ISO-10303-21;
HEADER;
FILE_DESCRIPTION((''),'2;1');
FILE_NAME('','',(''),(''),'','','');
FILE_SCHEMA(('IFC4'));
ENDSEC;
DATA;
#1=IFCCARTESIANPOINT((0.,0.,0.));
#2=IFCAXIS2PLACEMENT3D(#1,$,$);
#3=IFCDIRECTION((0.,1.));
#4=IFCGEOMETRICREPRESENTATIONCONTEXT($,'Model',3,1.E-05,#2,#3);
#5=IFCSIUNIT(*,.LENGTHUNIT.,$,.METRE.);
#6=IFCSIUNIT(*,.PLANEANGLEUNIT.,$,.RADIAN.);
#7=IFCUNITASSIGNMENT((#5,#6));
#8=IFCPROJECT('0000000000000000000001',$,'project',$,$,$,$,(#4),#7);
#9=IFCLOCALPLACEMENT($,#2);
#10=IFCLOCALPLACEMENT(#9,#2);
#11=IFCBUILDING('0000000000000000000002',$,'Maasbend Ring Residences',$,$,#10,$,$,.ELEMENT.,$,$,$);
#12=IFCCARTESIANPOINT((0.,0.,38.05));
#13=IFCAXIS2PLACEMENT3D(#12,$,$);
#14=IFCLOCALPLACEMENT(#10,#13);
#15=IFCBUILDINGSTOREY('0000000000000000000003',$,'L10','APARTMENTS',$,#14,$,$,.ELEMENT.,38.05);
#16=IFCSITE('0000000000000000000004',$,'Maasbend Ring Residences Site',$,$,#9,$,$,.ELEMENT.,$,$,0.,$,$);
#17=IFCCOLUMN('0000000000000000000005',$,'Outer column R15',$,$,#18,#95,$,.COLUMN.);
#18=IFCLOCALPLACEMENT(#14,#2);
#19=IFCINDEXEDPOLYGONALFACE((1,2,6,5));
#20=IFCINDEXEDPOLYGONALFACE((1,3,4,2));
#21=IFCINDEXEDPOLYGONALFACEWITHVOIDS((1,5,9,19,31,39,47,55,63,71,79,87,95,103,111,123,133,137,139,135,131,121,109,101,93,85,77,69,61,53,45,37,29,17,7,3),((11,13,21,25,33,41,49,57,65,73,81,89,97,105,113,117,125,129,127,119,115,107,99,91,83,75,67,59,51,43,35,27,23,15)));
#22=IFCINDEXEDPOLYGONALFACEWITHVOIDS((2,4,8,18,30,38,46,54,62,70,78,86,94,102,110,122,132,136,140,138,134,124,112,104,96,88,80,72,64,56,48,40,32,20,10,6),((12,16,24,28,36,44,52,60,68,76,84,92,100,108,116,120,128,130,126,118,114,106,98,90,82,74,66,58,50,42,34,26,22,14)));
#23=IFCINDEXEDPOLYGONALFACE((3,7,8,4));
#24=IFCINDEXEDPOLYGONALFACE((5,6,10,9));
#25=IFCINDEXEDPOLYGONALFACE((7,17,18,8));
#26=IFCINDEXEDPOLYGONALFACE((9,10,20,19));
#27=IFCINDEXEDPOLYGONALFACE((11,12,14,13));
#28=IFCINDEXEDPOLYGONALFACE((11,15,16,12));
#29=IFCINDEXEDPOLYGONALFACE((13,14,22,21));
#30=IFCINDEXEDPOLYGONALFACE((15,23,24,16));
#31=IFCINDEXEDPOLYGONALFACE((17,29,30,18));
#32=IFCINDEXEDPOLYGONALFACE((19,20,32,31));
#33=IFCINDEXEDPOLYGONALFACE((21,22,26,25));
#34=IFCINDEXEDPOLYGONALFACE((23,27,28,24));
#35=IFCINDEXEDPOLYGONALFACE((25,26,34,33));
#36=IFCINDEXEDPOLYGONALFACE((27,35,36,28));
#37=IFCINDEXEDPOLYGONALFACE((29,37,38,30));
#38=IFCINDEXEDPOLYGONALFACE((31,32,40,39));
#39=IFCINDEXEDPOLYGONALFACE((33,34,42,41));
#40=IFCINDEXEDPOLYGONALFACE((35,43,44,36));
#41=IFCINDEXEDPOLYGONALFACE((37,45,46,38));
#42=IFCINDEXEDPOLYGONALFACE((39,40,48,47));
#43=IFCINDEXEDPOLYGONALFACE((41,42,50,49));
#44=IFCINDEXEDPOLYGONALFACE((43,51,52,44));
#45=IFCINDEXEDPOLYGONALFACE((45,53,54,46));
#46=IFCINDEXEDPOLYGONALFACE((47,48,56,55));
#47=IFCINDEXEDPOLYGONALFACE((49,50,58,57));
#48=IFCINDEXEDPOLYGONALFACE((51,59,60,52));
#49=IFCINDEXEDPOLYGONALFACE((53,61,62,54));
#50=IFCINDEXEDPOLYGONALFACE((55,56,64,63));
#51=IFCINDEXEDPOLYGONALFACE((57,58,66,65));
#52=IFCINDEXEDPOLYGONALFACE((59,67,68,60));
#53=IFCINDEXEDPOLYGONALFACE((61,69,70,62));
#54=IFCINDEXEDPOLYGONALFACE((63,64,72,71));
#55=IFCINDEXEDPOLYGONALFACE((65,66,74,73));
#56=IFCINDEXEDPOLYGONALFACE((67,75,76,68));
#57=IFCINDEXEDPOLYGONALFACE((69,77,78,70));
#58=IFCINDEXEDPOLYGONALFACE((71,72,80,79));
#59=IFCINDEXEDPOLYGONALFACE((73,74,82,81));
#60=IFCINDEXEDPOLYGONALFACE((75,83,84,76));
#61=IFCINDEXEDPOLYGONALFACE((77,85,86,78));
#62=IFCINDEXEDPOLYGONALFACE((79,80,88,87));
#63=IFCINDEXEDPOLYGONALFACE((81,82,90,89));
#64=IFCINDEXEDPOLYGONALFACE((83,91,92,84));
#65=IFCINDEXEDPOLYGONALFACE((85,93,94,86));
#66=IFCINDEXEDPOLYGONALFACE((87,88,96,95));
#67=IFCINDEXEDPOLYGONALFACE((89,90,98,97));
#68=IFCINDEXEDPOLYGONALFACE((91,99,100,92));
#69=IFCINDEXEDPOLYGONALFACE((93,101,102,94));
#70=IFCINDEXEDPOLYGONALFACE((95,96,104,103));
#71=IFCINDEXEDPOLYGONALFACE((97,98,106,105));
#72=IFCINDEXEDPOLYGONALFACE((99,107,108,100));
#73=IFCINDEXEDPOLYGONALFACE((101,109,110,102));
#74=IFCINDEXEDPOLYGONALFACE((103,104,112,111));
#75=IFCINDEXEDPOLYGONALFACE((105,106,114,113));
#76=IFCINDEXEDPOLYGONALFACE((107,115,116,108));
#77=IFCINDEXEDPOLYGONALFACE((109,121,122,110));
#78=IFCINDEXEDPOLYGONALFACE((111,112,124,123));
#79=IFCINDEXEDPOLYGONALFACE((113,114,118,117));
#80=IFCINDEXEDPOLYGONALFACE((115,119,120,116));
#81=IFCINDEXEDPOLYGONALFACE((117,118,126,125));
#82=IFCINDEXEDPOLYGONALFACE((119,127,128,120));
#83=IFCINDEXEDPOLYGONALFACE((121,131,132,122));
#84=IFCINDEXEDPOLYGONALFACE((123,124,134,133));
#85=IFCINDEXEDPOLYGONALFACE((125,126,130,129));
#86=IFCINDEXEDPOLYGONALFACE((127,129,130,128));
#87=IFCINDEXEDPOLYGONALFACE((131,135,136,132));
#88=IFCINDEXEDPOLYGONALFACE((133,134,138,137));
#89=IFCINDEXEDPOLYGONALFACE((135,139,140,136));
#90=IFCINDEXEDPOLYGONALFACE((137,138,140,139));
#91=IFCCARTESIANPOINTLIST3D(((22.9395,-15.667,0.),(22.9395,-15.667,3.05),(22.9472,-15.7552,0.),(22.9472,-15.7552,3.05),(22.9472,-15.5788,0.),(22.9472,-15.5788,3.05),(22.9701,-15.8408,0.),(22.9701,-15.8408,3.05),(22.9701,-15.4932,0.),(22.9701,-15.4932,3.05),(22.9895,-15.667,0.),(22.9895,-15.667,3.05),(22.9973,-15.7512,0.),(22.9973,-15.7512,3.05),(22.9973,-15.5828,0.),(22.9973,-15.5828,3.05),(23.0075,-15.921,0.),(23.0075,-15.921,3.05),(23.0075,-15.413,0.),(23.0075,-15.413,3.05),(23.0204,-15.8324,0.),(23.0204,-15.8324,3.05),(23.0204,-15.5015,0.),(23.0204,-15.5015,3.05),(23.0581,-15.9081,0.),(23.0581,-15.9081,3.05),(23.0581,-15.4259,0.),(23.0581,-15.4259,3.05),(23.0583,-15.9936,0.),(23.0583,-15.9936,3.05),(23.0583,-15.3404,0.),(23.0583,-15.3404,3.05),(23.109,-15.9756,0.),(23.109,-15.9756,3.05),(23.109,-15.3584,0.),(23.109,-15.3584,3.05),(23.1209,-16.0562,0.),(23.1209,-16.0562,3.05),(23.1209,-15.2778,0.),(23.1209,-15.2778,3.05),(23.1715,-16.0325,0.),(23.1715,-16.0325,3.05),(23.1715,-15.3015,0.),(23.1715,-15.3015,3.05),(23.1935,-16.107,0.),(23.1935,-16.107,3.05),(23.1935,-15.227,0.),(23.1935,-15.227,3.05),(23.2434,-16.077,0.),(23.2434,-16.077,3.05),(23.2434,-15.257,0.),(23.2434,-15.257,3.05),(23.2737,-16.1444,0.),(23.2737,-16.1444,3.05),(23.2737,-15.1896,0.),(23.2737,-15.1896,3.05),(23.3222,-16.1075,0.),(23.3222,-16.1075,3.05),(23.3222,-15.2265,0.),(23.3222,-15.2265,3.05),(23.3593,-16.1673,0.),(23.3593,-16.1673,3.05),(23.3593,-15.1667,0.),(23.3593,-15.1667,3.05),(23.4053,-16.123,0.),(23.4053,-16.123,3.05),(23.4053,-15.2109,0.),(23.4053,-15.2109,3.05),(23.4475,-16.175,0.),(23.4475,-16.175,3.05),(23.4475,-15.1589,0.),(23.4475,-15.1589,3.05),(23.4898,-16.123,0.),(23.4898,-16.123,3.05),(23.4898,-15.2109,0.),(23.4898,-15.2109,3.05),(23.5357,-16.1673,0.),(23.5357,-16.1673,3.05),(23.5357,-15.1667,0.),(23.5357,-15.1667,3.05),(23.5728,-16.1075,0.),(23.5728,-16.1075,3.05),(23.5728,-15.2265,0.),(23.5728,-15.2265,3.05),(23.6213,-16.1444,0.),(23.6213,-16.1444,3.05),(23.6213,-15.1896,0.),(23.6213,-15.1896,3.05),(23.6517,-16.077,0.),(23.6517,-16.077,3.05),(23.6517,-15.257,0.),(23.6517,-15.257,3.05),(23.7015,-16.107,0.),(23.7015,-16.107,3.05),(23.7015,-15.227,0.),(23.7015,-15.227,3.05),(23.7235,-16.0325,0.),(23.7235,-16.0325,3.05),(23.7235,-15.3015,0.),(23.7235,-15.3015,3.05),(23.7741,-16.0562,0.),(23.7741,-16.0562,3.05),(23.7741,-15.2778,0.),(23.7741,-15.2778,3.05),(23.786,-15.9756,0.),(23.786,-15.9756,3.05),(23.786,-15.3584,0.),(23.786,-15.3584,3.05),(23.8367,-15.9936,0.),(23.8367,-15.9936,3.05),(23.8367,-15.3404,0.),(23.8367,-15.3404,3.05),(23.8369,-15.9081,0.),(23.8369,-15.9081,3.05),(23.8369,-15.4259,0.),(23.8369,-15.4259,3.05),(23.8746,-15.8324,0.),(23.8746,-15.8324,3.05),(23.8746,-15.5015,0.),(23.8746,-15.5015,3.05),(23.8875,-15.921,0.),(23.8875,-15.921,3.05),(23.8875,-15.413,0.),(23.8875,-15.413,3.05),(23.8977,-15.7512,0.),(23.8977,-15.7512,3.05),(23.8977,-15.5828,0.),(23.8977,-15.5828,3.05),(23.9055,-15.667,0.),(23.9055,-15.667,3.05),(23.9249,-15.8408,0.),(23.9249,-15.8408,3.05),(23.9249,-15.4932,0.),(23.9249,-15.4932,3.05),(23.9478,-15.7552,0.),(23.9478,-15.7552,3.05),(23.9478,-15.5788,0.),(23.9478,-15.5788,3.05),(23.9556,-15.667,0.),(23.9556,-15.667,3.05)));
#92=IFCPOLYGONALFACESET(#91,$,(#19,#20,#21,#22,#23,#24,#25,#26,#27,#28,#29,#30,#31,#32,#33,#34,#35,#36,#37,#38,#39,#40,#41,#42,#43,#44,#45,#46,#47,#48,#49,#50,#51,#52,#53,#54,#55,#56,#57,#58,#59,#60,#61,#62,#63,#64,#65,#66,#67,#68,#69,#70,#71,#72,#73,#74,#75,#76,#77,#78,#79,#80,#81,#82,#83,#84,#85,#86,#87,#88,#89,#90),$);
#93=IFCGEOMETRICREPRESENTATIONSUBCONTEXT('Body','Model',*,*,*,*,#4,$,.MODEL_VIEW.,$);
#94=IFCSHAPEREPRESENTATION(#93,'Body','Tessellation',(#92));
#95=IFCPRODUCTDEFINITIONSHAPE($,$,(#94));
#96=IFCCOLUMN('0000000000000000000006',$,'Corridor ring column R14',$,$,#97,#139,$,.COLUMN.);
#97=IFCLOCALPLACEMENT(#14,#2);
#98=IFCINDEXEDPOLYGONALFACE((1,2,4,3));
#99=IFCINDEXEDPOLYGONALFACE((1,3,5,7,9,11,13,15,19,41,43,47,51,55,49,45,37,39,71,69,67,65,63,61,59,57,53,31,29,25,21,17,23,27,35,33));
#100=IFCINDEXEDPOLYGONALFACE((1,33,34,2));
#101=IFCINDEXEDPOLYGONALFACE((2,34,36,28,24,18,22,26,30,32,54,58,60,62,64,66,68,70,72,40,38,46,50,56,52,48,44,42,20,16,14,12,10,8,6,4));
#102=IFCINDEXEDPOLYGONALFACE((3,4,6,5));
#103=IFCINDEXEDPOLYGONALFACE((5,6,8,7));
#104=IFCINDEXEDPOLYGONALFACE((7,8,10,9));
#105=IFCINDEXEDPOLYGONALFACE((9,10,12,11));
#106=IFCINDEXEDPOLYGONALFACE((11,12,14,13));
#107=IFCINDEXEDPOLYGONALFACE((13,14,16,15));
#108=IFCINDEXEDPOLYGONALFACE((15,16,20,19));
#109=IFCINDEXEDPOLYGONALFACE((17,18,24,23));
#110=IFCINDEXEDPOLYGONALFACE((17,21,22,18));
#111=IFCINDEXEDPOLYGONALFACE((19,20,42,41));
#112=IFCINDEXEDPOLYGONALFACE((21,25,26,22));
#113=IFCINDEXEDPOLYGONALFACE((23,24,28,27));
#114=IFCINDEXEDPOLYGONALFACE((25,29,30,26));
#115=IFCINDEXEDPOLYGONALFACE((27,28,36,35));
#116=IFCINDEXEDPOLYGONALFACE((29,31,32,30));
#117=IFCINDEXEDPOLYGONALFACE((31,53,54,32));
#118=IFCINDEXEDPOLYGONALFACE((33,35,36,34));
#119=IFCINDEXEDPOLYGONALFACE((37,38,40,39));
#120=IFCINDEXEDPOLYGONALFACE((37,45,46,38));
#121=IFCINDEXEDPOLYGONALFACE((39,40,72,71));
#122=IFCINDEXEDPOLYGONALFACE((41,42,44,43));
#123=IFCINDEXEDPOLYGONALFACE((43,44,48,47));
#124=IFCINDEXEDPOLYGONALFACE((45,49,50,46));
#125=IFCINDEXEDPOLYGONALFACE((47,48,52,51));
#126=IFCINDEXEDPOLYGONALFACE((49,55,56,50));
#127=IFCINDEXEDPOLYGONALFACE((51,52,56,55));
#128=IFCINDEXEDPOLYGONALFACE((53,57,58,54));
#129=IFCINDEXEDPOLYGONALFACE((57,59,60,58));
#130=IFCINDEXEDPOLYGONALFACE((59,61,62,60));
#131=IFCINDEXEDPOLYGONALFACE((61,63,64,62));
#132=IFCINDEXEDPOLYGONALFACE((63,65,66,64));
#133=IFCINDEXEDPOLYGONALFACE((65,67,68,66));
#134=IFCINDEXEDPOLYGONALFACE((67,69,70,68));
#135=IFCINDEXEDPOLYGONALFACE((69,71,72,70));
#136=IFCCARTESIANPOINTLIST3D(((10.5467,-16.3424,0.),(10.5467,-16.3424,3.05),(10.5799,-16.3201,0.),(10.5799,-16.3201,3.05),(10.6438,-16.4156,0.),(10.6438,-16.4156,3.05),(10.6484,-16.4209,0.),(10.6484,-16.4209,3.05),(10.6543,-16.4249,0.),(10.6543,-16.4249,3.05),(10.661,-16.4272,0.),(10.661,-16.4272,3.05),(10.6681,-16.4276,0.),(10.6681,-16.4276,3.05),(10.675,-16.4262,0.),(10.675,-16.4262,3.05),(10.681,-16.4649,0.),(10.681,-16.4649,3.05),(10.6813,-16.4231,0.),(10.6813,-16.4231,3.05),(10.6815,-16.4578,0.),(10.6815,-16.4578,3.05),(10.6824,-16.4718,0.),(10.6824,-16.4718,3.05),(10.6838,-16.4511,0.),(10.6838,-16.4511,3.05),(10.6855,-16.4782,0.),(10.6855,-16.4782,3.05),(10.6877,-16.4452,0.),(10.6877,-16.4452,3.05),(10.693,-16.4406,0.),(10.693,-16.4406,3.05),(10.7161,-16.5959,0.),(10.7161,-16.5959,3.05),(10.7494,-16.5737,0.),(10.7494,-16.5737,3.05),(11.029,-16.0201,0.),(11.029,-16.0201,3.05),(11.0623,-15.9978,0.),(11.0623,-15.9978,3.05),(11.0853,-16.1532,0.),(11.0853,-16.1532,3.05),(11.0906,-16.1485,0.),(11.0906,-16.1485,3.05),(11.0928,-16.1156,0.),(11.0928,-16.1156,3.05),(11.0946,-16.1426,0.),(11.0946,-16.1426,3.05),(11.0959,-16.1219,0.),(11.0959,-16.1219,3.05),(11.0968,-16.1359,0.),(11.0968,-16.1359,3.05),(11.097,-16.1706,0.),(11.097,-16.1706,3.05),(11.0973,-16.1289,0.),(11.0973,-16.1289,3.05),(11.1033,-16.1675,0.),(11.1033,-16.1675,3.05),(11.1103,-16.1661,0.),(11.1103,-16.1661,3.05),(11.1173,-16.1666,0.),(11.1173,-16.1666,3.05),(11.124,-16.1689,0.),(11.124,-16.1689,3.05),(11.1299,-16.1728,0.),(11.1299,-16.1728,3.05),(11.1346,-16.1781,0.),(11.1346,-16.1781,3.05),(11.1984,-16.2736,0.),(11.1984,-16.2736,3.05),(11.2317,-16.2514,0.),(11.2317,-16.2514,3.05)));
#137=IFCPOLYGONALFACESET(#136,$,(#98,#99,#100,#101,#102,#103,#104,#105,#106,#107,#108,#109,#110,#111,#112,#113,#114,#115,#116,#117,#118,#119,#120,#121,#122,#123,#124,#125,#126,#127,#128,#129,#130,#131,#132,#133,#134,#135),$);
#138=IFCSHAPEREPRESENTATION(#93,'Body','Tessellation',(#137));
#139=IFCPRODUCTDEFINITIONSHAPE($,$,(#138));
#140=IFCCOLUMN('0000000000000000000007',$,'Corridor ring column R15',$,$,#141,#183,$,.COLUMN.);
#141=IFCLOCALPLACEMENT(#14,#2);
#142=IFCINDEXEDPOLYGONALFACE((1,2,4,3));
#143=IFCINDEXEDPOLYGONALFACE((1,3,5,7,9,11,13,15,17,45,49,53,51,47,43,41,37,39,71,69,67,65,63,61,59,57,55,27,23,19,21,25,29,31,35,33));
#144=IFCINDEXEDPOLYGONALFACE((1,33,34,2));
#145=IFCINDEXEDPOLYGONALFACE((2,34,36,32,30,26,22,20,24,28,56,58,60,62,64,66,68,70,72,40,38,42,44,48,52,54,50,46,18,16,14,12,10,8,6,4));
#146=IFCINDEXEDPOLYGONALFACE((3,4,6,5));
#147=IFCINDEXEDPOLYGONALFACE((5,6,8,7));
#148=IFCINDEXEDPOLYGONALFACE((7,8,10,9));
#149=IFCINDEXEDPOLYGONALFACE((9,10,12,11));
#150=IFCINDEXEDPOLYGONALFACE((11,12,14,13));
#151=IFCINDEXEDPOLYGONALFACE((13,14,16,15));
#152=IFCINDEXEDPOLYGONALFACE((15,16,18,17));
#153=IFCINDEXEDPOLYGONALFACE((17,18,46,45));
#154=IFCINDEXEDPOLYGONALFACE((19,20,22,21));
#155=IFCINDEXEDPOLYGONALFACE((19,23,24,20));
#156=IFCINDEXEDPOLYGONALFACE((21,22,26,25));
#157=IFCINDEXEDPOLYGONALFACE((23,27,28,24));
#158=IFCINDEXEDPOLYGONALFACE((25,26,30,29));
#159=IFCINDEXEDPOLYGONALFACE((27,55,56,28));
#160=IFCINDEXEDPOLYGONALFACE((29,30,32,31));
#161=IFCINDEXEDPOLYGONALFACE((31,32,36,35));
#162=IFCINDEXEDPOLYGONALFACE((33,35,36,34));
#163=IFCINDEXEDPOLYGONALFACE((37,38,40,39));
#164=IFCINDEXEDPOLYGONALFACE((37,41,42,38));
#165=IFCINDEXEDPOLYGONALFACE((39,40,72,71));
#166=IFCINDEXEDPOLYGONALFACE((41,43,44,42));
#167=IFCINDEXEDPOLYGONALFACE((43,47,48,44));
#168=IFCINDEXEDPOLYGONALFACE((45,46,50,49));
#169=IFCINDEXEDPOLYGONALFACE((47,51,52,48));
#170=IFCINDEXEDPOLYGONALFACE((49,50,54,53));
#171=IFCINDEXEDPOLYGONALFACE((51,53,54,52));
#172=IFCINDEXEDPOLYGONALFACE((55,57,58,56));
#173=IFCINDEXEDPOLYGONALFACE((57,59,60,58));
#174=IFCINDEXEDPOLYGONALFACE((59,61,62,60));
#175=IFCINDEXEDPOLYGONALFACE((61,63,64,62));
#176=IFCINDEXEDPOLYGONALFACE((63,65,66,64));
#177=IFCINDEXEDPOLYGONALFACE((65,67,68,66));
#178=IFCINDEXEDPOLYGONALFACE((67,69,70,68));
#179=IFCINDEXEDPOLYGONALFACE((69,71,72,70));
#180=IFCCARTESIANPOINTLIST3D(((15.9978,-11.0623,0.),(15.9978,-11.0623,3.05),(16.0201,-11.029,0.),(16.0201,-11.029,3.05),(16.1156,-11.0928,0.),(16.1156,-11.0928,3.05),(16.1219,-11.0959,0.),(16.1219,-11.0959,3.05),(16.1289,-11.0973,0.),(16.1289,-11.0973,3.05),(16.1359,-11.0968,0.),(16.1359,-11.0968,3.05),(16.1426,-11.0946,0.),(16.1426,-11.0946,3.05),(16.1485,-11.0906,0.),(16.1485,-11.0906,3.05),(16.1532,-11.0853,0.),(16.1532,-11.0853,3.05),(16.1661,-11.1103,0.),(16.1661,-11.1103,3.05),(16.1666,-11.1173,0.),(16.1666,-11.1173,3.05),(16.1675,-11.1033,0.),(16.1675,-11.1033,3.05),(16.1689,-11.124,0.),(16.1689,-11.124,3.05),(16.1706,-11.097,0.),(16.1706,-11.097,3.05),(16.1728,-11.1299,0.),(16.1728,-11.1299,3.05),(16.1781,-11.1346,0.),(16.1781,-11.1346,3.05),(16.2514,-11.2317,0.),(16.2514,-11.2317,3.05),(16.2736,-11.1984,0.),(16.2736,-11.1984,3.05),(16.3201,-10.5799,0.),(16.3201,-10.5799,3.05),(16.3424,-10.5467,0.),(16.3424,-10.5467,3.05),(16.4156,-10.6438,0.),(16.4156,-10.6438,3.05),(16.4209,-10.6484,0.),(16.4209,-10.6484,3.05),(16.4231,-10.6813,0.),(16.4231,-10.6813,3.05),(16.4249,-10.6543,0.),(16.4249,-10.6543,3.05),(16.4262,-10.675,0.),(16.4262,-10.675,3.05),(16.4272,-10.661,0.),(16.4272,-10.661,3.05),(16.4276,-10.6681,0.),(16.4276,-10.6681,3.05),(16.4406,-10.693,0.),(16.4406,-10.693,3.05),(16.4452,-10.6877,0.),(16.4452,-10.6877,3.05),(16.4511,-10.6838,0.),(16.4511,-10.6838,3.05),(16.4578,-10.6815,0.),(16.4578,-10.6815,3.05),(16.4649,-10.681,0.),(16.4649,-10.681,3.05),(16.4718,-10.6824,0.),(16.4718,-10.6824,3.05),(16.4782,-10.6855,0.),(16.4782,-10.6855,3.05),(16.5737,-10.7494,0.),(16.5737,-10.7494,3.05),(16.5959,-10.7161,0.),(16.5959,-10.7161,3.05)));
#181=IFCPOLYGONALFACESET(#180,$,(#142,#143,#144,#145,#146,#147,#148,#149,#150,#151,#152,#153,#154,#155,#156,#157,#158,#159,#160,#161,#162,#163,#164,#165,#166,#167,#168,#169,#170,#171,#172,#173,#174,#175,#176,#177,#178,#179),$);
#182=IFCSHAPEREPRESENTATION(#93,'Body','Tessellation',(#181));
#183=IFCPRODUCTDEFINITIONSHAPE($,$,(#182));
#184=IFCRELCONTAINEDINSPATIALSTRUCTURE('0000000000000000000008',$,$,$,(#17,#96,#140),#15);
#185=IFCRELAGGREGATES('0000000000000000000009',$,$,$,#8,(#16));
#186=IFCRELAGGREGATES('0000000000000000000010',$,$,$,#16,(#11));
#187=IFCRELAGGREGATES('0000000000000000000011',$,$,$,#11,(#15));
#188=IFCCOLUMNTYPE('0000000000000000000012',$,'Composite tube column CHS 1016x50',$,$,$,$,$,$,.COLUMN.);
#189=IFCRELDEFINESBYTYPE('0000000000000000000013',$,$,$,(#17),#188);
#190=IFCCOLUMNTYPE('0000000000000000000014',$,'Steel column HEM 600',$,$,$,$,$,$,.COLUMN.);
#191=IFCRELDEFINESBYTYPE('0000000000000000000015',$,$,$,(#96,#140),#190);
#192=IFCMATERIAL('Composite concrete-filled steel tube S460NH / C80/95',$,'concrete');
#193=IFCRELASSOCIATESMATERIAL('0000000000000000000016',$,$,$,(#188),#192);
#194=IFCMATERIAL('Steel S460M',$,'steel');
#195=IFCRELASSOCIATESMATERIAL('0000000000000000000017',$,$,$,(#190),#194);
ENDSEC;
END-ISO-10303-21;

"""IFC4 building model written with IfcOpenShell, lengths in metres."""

from ifc_helpers import new_model, si_unit, direction, frame, origin, origin_2d, place, context, subcontext, project, spatial, hollow_circle, i_section, extrude, material, material_profile, profile_set, type_object, element, save


model = new_model("IFC4")

# Units and contexts
model_context = context("Model", 3, precision=1e-05, world=origin(), true_north=direction((0.0, 1.0)))
body_context = subcontext(model_context, "Body", "Model", "MODEL_VIEW")
ifc_project = project(units=[si_unit("LENGTHUNIT", "METRE"), si_unit("PLANEANGLEUNIT", "RADIAN")], contexts=[model_context])

# Site, building, storey
site_placement = place(None, origin())
site = spatial("IfcSite", under=ifc_project, at=site_placement, Name="Maasbend Ring Residences Site", CompositionType="ELEMENT", RefElevation=0.0)
building_placement = place(site_placement, origin())
building = spatial("IfcBuilding", under=site, at=building_placement, Name="Maasbend Ring Residences", CompositionType="ELEMENT")
storey_placement = place(building_placement, frame((0.0, 0.0, 38.05)))
storey = spatial("IfcBuildingStorey", under=building, at=storey_placement, Name="L10", Description="APARTMENTS", CompositionType="ELEMENT", Elevation=38.05)

# Columns
ifc_material_1 = material(Name="Composite concrete-filled steel tube S460NH / C80/95", Category="concrete")
ifc_material_profile_1 = material_profile(ifc_material_1, hollow_circle(Radius=0.5081, WallThickness=0.05, at=origin_2d()), Name="Composite tube column CHS 1016x50")
ifc_profile_set_1 = profile_set([ifc_material_profile_1], Name="Composite concrete-filled steel tube S460NH / C80/95")
column_type_1 = type_object("IfcColumnType", Name="Composite tube column CHS 1016x50", PredefinedType="COLUMN", material=ifc_profile_set_1)
column_placement = place(storey_placement, frame((23.4475, -15.667, 0.0), z_axis=(0.0, 0.0, 1.0), x_axis=(1.0, 0.0, 0.0)))
element("IfcColumn", 1, at=column_placement, inside=storey, type_object=column_type_1, Name="Outer column R15", PredefinedType="COLUMN", context=body_context, shape_type="SweptSolid", body=[
    extrude(hollow_circle(Radius=0.5081, WallThickness=0.05, at=origin_2d()), origin(), (0.0, 0.0, 1.0), 3.05),
])
ifc_material_2 = material(Name="Steel S460M", Category="steel")
ifc_material_profile_2 = material_profile(ifc_material_2, i_section(OverallWidth=0.3049, OverallDepth=0.6201, WebThickness=0.021, FlangeThickness=0.04, FilletRadius=0.0271, at=origin_2d()), Name="HEM 600")
ifc_profile_set_2 = profile_set([ifc_material_profile_2], Name="Steel S460M")
column_type_2 = type_object("IfcColumnType", Name="Steel column HEM 600", PredefinedType="COLUMN", material=ifc_profile_set_2)
for number, where, z_axis, x_axis, name in (
    (2, (10.8892, -16.2969, 0.0), (0.0, 0.0, 1.0), (0.55557, -0.83147, 0.0), "Corridor ring column R14"),
    (3, (16.2969, -10.8892, 0.0), (0.0, 0.0, 1.0), (0.83147, -0.55557, 0.0), "Corridor ring column R15"),
):
    element("IfcColumn", number, at=place(storey_placement, frame(where, z_axis=z_axis, x_axis=x_axis)), inside=storey, type_object=column_type_2, Name=name, PredefinedType="COLUMN", context=body_context, shape_type="SweptSolid", body=[
        extrude(i_section(OverallWidth=0.3049, OverallDepth=0.6201, WebThickness=0.021, FlangeThickness=0.04, FilletRadius=0.0271, at=origin_2d()), origin(), (0.0, 0.0, 1.0), 3.05),
    ])

save(model, "model.ifc")
